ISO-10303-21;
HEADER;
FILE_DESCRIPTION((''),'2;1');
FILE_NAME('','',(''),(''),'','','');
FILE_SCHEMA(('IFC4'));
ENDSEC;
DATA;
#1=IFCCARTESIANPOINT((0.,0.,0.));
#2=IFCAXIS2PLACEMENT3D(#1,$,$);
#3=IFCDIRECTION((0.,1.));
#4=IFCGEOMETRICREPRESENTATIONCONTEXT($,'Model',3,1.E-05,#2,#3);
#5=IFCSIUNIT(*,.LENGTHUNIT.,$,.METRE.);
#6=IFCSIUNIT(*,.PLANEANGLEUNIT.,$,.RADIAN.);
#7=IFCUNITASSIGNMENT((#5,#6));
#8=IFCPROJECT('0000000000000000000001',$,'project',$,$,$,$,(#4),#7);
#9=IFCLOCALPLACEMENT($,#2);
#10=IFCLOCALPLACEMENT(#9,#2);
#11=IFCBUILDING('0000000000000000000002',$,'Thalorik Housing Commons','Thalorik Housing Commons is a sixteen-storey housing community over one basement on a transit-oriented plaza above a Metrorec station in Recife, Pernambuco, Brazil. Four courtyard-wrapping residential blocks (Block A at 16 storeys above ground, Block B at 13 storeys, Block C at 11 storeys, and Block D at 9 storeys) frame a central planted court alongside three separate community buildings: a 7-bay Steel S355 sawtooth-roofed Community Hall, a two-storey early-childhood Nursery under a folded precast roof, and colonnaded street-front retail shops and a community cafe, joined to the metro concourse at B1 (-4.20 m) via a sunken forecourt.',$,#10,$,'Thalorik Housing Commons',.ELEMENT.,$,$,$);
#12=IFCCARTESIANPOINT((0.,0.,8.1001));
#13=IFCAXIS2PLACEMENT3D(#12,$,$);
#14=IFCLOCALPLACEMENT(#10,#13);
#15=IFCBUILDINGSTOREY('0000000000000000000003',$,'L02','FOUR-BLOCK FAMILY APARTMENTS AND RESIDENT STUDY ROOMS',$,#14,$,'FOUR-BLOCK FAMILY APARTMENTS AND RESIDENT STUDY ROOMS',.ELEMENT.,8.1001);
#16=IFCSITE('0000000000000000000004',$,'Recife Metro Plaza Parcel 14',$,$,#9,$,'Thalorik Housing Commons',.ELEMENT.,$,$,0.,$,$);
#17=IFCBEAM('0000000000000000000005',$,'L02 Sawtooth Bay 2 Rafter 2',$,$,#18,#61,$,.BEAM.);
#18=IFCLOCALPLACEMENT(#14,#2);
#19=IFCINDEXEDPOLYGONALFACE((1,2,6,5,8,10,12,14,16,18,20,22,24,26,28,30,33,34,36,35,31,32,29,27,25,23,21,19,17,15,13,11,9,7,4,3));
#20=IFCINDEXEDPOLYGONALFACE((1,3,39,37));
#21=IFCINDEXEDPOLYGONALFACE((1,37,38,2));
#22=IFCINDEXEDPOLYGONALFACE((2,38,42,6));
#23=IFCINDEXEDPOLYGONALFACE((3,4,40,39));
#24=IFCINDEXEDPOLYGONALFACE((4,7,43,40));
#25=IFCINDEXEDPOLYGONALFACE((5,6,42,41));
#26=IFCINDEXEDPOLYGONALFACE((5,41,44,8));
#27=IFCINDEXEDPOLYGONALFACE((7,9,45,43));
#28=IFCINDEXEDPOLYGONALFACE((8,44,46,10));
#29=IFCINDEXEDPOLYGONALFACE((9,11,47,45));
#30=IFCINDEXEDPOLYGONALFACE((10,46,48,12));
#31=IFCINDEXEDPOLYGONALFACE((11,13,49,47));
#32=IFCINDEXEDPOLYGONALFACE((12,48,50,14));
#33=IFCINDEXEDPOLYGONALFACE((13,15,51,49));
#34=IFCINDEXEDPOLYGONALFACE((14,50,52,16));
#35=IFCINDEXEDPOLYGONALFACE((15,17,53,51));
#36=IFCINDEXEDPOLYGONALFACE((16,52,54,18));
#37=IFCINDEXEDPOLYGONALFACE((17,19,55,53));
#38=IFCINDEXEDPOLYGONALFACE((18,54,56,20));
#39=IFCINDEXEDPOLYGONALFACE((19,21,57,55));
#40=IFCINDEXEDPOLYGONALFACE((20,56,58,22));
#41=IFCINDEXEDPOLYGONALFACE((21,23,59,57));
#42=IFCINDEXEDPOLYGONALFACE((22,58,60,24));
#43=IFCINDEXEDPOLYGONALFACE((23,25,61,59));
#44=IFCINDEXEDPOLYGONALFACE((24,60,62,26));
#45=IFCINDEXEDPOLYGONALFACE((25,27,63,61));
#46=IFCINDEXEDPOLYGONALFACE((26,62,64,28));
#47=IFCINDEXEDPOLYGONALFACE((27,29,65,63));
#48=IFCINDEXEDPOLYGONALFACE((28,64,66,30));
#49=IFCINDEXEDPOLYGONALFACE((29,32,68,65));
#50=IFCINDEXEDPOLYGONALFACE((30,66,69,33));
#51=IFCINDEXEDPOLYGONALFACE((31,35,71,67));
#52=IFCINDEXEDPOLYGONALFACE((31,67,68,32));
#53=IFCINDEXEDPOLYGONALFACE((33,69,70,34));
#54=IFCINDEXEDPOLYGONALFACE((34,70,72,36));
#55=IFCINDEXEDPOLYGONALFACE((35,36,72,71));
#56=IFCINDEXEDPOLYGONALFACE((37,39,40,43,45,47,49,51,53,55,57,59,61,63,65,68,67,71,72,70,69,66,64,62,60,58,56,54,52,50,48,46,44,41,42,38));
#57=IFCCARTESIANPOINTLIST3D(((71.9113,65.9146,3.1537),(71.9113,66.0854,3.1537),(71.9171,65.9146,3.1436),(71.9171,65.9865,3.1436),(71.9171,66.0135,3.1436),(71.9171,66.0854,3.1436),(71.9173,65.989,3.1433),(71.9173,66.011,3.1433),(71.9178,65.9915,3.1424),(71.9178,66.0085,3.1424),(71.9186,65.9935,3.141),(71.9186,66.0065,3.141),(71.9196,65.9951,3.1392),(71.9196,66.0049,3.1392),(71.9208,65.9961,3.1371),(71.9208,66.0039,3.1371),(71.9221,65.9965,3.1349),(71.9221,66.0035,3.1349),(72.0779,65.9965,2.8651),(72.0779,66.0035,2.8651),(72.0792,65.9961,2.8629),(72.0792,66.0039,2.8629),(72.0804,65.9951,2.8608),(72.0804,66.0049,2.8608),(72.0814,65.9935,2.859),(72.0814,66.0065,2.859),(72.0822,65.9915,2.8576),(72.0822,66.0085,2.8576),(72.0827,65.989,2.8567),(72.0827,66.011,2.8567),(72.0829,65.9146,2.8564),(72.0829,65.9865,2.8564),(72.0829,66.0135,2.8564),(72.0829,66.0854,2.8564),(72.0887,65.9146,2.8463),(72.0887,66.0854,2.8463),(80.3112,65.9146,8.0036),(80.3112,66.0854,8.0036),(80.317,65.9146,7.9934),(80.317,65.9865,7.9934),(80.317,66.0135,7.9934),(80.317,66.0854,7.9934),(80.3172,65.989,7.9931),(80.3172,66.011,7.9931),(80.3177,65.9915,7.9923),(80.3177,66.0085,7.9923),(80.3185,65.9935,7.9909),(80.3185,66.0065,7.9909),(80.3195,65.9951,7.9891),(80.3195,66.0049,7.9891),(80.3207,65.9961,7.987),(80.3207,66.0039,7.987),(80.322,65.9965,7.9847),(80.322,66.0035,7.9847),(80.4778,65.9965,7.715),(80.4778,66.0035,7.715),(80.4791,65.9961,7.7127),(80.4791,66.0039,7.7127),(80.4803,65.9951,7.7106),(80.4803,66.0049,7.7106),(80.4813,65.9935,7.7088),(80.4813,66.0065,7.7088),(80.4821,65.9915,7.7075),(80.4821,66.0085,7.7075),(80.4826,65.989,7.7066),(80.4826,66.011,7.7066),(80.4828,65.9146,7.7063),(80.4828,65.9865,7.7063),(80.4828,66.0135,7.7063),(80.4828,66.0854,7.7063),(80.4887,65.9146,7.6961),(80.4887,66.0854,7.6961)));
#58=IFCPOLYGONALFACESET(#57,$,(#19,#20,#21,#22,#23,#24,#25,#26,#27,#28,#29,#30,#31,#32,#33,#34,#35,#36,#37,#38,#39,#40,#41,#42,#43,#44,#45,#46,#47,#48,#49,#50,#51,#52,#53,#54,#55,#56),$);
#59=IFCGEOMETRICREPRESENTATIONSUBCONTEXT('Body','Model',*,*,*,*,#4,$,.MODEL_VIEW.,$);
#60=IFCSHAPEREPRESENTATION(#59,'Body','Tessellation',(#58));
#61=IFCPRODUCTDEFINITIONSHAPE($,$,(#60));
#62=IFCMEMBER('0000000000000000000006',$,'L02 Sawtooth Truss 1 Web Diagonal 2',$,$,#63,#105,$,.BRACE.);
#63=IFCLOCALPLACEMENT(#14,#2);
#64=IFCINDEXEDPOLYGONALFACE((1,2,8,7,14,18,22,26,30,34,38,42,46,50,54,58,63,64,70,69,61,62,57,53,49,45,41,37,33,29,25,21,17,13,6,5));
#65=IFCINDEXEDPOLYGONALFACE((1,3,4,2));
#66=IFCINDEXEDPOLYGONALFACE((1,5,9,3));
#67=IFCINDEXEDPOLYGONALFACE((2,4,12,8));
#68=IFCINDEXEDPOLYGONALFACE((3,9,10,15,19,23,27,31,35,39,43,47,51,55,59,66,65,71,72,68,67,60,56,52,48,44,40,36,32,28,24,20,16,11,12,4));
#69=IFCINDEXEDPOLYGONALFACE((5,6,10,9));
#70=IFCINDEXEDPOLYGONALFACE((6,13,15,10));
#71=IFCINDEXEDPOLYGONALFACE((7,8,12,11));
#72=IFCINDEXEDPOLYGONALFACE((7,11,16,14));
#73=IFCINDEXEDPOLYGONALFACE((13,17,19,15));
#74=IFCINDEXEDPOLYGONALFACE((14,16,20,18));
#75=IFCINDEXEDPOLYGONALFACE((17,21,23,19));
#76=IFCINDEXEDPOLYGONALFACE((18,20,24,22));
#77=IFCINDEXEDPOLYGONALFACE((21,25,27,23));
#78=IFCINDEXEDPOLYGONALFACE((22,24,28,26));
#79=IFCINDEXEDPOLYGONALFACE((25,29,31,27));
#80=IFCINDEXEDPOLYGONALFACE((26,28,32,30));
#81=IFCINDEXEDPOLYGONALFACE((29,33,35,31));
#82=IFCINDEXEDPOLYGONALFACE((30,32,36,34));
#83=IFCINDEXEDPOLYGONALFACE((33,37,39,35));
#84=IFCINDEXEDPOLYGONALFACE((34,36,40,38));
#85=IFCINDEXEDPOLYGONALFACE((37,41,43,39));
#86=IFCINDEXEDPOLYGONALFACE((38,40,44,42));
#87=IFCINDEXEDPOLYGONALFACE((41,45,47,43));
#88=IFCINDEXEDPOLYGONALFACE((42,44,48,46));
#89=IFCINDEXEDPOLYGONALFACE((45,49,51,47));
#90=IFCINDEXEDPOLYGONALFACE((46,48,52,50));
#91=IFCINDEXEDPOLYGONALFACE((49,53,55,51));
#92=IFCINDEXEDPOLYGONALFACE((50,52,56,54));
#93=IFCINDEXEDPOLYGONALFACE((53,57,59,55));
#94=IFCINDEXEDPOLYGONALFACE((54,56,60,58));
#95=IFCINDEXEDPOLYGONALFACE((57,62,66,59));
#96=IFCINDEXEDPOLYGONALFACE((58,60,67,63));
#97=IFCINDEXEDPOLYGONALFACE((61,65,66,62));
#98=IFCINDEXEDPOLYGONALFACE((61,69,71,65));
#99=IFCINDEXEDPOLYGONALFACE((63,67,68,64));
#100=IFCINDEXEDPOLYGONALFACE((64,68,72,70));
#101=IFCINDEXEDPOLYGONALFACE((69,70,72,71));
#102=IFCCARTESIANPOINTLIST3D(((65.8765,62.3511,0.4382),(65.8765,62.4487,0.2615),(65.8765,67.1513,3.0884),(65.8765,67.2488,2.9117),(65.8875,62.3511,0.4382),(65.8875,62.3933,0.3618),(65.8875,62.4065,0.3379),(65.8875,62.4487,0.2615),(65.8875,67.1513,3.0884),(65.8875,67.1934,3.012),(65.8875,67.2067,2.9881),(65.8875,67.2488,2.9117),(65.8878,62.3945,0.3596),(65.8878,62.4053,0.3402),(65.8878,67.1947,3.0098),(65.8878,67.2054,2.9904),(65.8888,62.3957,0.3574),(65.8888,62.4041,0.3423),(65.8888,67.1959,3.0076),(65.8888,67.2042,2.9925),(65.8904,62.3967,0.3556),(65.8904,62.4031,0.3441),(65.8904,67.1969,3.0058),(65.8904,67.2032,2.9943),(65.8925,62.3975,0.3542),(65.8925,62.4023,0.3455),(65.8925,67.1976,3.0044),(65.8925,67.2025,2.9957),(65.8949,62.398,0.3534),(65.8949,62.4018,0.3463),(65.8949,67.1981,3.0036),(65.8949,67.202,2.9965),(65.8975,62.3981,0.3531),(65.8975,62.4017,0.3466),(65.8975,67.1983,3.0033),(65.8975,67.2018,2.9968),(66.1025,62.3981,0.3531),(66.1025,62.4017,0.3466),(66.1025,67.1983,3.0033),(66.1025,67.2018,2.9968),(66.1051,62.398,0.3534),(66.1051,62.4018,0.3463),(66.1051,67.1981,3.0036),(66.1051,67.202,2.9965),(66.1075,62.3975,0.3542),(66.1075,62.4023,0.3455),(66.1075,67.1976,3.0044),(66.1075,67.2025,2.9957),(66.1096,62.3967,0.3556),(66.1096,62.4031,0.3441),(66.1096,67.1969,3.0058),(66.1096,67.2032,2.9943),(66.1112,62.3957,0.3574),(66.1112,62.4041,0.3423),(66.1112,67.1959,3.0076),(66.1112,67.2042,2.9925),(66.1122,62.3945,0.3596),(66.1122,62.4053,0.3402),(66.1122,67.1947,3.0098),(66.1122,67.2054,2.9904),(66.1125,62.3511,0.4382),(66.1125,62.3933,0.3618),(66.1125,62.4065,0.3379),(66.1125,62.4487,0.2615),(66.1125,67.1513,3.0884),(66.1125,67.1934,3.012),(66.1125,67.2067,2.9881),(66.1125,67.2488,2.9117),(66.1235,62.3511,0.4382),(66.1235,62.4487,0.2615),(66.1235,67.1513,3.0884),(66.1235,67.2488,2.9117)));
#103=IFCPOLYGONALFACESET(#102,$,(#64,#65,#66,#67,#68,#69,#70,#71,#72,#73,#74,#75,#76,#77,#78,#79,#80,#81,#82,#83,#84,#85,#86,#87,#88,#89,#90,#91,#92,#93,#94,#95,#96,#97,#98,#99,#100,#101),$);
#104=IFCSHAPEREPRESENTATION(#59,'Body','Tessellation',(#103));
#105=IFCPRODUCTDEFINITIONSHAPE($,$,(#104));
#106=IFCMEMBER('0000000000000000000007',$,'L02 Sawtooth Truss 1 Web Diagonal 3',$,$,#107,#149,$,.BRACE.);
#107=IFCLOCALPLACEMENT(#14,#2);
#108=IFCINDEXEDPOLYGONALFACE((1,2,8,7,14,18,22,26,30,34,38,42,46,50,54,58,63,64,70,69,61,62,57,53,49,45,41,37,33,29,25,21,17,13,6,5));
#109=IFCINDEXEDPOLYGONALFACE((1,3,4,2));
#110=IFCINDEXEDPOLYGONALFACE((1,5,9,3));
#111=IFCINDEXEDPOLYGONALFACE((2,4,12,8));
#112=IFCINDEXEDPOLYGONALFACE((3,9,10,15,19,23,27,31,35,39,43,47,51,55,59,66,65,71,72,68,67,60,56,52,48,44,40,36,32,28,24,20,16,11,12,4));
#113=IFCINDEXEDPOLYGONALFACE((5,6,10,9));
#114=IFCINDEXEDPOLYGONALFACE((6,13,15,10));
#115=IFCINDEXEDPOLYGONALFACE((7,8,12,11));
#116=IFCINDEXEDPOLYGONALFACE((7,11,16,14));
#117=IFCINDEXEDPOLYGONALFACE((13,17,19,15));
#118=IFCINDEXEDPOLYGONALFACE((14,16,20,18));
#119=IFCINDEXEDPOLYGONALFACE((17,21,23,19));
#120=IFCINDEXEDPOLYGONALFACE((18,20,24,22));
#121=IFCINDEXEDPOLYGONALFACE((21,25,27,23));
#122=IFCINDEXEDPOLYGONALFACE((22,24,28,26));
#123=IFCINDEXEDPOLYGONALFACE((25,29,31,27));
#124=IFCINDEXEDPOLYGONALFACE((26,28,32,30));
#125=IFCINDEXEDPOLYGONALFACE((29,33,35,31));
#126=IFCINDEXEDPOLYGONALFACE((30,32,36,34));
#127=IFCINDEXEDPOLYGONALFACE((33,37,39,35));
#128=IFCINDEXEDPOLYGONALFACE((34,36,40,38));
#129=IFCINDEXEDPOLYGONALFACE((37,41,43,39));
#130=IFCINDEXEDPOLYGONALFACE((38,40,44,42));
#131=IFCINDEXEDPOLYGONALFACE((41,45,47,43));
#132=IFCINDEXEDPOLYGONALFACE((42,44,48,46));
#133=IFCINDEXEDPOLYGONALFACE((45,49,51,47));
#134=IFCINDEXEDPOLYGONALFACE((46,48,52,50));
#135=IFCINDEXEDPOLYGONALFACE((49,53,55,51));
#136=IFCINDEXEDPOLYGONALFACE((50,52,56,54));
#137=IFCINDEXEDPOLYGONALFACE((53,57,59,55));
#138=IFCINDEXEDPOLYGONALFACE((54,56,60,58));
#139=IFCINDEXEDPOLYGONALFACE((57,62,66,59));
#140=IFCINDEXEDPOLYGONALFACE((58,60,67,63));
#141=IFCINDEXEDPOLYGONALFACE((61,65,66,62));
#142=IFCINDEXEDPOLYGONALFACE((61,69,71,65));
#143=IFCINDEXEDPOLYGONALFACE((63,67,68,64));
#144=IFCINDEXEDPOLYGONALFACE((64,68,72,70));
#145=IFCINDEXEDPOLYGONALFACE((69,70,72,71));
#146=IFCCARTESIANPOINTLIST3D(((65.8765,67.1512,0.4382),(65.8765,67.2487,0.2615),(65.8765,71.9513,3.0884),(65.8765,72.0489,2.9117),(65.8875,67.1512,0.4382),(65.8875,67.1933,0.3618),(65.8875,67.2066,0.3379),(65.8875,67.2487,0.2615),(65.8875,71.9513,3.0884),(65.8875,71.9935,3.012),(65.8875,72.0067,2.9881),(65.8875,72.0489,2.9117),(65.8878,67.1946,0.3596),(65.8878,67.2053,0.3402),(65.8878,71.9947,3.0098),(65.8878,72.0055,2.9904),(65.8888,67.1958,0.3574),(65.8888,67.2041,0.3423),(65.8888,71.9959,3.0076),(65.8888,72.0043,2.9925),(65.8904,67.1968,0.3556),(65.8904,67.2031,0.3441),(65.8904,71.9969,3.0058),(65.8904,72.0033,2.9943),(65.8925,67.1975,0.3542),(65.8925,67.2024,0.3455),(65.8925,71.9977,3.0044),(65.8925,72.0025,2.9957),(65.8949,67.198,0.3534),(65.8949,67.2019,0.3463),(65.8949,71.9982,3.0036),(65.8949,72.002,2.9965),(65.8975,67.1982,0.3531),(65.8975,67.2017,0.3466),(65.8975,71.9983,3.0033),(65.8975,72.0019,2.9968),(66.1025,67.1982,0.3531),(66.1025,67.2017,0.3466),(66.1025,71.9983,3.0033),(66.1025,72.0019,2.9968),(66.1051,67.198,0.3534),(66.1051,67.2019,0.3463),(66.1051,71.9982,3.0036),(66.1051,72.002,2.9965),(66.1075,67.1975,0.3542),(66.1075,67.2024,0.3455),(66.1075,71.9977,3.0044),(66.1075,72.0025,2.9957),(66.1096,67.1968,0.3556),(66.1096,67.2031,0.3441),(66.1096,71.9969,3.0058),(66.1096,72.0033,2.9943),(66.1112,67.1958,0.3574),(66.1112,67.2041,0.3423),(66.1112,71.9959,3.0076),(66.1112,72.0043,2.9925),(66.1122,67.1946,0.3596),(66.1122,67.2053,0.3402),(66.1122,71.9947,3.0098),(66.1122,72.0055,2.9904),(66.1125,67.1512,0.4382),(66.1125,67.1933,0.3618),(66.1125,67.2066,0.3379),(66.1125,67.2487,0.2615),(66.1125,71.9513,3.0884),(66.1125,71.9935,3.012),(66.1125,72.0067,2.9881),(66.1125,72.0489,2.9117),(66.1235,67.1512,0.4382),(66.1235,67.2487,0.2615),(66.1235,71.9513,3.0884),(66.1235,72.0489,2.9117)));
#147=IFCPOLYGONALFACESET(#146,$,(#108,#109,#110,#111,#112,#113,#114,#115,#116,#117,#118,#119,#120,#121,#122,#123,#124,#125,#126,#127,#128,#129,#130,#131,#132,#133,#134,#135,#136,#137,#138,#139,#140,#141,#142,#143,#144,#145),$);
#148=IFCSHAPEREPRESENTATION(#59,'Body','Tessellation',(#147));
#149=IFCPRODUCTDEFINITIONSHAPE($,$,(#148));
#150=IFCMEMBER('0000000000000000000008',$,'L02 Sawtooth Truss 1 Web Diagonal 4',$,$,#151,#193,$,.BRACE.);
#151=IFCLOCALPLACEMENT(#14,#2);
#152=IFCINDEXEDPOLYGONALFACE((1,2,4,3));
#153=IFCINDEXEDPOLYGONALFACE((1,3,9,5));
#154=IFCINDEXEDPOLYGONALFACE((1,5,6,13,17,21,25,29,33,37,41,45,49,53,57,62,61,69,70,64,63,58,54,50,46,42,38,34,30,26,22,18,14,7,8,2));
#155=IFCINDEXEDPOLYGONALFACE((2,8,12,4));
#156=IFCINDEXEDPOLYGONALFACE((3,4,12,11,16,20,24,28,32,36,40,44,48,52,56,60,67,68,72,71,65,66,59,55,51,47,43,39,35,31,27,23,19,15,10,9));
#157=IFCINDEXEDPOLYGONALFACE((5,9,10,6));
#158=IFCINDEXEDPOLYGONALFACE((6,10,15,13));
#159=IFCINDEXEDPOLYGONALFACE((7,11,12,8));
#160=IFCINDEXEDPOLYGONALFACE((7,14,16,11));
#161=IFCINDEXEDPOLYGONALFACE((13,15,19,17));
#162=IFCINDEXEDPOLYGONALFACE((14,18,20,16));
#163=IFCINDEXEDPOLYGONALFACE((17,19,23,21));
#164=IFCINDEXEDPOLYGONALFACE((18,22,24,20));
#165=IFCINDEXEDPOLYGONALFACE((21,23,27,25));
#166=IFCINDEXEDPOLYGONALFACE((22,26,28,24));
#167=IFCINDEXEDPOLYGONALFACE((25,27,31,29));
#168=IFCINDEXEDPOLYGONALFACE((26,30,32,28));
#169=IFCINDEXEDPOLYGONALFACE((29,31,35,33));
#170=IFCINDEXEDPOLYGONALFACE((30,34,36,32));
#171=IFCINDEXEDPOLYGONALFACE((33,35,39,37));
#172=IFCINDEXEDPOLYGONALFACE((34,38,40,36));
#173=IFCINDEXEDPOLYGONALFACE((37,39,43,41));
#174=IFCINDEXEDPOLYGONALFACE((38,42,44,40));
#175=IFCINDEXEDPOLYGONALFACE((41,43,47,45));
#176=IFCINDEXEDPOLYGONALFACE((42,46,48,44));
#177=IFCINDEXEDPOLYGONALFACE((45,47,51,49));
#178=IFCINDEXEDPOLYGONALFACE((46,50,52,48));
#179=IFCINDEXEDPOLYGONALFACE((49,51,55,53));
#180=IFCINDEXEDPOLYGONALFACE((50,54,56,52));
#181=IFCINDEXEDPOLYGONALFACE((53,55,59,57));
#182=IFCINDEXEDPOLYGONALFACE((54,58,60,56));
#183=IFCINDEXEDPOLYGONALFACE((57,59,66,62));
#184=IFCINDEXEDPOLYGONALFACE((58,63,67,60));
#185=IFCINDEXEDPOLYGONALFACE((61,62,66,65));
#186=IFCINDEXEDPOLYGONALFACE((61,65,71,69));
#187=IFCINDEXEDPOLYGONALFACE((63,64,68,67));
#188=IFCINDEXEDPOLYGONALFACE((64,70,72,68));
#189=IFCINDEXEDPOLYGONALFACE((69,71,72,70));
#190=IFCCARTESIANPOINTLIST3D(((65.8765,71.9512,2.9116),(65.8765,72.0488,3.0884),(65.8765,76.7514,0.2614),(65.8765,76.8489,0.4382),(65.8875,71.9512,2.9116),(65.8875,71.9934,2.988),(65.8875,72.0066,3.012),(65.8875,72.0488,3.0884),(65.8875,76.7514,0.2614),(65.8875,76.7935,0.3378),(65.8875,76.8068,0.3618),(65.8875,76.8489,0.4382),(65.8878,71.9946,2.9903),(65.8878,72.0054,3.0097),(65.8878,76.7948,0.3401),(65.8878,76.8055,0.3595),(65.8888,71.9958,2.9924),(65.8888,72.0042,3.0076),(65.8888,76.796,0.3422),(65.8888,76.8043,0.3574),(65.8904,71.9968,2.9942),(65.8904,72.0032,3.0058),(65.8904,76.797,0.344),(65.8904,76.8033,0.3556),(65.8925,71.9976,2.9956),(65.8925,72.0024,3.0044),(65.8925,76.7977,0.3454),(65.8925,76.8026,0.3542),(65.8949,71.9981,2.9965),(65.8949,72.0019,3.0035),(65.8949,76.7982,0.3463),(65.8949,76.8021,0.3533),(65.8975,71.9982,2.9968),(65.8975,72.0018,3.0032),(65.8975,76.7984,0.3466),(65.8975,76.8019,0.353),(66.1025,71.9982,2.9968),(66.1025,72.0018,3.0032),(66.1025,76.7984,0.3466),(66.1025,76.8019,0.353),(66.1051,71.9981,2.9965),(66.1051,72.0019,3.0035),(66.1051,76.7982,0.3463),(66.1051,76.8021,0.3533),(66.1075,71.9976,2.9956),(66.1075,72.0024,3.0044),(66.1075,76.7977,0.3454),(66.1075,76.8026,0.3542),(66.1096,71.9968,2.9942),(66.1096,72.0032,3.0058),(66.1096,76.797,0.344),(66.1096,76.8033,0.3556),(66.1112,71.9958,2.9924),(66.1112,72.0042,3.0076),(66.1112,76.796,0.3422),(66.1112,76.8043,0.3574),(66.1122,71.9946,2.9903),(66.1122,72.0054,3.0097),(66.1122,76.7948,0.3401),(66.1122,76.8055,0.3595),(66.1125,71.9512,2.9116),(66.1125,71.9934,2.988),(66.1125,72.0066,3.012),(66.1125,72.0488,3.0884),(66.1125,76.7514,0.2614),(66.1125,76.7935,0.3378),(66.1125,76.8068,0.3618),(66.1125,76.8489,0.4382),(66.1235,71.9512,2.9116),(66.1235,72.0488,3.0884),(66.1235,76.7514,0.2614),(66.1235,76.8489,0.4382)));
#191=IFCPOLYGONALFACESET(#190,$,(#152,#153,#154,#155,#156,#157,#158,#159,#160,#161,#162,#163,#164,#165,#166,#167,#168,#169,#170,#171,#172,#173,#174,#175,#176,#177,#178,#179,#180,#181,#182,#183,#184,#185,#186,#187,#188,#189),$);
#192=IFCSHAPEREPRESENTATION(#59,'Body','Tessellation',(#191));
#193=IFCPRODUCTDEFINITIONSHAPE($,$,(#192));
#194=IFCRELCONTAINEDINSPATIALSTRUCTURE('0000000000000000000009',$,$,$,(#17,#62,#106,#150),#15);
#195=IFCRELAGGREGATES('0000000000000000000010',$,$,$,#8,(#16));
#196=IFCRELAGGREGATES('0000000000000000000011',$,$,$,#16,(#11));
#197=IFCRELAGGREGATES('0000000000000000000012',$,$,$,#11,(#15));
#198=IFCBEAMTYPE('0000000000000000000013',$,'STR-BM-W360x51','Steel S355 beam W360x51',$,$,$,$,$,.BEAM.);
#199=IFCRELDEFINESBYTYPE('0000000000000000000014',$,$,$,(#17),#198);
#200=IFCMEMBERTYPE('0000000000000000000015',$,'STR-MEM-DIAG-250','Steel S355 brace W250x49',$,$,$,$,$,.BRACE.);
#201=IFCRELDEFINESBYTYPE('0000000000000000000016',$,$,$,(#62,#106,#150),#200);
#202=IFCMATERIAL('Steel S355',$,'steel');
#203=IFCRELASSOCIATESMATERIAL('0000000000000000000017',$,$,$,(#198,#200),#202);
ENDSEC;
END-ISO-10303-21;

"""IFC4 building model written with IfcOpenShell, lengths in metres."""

from ifc_helpers import new_model, si_unit, direction, frame, origin, origin_2d, place, context, subcontext, project, spatial, i_section, extrude, material, material_profile, profile_set, type_object, element, save


model = new_model("IFC4")

# Units and contexts
model_context = context("Model", 3, precision=1e-05, world=origin(), true_north=direction((0.0, 1.0)))
body_context = subcontext(model_context, "Body", "Model", "MODEL_VIEW")
ifc_project = project(units=[si_unit("LENGTHUNIT", "METRE"), si_unit("PLANEANGLEUNIT", "RADIAN")], contexts=[model_context])

# Site, building, storey
site_placement = place(None, origin())
site = spatial("IfcSite", under=ifc_project, at=site_placement, Name="Recife Metro Plaza Parcel 14", LongName="Thalorik Housing Commons", CompositionType="ELEMENT", RefElevation=0.0)
building_placement = place(site_placement, origin())
building = spatial("IfcBuilding", under=site, at=building_placement, Name="Thalorik Housing Commons", Description="Thalorik Housing Commons is a sixteen-storey housing community over one basement on a transit-oriented plaza above a Metrorec station in Recife, Pernambuco, Brazil. Four courtyard-wrapping residential blocks (Block A at 16 storeys above ground, Block B at 13 storeys, Block C at 11 storeys, and Block D at 9 storeys) frame a central planted court alongside three separate community buildings: a 7-bay Steel S355 sawtooth-roofed Community Hall, a two-storey early-childhood Nursery under a folded precast roof, and colonnaded street-front retail shops and a community cafe, joined to the metro concourse at B1 (-4.20 m) via a sunken forecourt.", LongName="Thalorik Housing Commons", CompositionType="ELEMENT")
storey_placement = place(building_placement, frame((0.0, 0.0, 8.1001)))
storey = spatial("IfcBuildingStorey", under=building, at=storey_placement, Name="L02", Description="FOUR-BLOCK FAMILY APARTMENTS AND RESIDENT STUDY ROOMS", LongName="FOUR-BLOCK FAMILY APARTMENTS AND RESIDENT STUDY ROOMS", CompositionType="ELEMENT", Elevation=8.1001)

# Beam
ifc_material_1 = material(Name="Steel S355", Category="steel")
ifc_material_profile_1 = material_profile(ifc_material_1, i_section(OverallWidth=0.1709, OverallDepth=0.355, WebThickness=0.0071, FlangeThickness=0.0117, FilletRadius=0.01, at=origin_2d()), Name="W360x51", Category="steel")
ifc_profile_set_1 = profile_set([ifc_material_profile_1], Name="Steel S355")
beam_type = type_object("IfcBeamType", Name="STR-BM-W360x51", Description="Steel S355 beam W360x51", PredefinedType="BEAM", material=ifc_profile_set_1)
beam_placement = place(storey_placement, frame((72.0, 66.0, 3.0), z_axis=(0.866018, 0.0, 0.500013), x_axis=(0.0, 1.0, 0.0)))
element("IfcBeam", 1, at=beam_placement, inside=storey, type_object=beam_type, Name="L02 Sawtooth Bay 2 Rafter 2", PredefinedType="BEAM", context=body_context, shape_type="SweptSolid", body=[
    extrude(i_section(OverallWidth=0.1709, OverallDepth=0.355, WebThickness=0.0071, FlangeThickness=0.0117, FilletRadius=0.01, at=origin_2d()), origin(), (0.0, 0.0, 1.0), 9.6995),
])

# Members
ifc_material_profile_2 = material_profile(ifc_material_1, i_section(OverallWidth=0.2019, OverallDepth=0.2471, WebThickness=0.0073, FlangeThickness=0.011, FilletRadius=0.01, at=origin_2d()), Name="W250x49", Category="steel")
ifc_profile_set_2 = profile_set([ifc_material_profile_2], Name="Steel S355")
member_type_1 = type_object("IfcMemberType", Name="STR-MEM-DIAG-250", Description="Steel S355 brace W250x49", PredefinedType="BRACE", material=ifc_profile_set_2)
for number, where, z_axis, x_axis, name in (
    (2, (66.0, 62.3999, 0.3499), (0.0, 0.875435, 0.483335), (0.0, -0.483335, 0.875435), "L02 Sawtooth Truss 1 Web Diagonal 2"),
    (3, (66.0, 67.2, 0.3499), (0.0, 0.875435, 0.483335), (0.0, -0.483335, 0.875435), "L02 Sawtooth Truss 1 Web Diagonal 3"),
    (4, (66.0, 72.0, 3.0), (0.0, 0.875435, -0.483335), (0.0, 0.483335, 0.875435), "L02 Sawtooth Truss 1 Web Diagonal 4"),
):
    element("IfcMember", number, at=place(storey_placement, frame(where, z_axis=z_axis, x_axis=x_axis)), inside=storey, type_object=member_type_1, Name=name, PredefinedType="BRACE", context=body_context, shape_type="SweptSolid", body=[
        extrude(i_section(OverallWidth=0.2019, OverallDepth=0.2471, WebThickness=0.0073, FlangeThickness=0.011, FilletRadius=0.01, at=origin_2d()), origin(), (0.0, 0.0, 1.0), 5.4832),
    ])

save(model, "model.ifc")
